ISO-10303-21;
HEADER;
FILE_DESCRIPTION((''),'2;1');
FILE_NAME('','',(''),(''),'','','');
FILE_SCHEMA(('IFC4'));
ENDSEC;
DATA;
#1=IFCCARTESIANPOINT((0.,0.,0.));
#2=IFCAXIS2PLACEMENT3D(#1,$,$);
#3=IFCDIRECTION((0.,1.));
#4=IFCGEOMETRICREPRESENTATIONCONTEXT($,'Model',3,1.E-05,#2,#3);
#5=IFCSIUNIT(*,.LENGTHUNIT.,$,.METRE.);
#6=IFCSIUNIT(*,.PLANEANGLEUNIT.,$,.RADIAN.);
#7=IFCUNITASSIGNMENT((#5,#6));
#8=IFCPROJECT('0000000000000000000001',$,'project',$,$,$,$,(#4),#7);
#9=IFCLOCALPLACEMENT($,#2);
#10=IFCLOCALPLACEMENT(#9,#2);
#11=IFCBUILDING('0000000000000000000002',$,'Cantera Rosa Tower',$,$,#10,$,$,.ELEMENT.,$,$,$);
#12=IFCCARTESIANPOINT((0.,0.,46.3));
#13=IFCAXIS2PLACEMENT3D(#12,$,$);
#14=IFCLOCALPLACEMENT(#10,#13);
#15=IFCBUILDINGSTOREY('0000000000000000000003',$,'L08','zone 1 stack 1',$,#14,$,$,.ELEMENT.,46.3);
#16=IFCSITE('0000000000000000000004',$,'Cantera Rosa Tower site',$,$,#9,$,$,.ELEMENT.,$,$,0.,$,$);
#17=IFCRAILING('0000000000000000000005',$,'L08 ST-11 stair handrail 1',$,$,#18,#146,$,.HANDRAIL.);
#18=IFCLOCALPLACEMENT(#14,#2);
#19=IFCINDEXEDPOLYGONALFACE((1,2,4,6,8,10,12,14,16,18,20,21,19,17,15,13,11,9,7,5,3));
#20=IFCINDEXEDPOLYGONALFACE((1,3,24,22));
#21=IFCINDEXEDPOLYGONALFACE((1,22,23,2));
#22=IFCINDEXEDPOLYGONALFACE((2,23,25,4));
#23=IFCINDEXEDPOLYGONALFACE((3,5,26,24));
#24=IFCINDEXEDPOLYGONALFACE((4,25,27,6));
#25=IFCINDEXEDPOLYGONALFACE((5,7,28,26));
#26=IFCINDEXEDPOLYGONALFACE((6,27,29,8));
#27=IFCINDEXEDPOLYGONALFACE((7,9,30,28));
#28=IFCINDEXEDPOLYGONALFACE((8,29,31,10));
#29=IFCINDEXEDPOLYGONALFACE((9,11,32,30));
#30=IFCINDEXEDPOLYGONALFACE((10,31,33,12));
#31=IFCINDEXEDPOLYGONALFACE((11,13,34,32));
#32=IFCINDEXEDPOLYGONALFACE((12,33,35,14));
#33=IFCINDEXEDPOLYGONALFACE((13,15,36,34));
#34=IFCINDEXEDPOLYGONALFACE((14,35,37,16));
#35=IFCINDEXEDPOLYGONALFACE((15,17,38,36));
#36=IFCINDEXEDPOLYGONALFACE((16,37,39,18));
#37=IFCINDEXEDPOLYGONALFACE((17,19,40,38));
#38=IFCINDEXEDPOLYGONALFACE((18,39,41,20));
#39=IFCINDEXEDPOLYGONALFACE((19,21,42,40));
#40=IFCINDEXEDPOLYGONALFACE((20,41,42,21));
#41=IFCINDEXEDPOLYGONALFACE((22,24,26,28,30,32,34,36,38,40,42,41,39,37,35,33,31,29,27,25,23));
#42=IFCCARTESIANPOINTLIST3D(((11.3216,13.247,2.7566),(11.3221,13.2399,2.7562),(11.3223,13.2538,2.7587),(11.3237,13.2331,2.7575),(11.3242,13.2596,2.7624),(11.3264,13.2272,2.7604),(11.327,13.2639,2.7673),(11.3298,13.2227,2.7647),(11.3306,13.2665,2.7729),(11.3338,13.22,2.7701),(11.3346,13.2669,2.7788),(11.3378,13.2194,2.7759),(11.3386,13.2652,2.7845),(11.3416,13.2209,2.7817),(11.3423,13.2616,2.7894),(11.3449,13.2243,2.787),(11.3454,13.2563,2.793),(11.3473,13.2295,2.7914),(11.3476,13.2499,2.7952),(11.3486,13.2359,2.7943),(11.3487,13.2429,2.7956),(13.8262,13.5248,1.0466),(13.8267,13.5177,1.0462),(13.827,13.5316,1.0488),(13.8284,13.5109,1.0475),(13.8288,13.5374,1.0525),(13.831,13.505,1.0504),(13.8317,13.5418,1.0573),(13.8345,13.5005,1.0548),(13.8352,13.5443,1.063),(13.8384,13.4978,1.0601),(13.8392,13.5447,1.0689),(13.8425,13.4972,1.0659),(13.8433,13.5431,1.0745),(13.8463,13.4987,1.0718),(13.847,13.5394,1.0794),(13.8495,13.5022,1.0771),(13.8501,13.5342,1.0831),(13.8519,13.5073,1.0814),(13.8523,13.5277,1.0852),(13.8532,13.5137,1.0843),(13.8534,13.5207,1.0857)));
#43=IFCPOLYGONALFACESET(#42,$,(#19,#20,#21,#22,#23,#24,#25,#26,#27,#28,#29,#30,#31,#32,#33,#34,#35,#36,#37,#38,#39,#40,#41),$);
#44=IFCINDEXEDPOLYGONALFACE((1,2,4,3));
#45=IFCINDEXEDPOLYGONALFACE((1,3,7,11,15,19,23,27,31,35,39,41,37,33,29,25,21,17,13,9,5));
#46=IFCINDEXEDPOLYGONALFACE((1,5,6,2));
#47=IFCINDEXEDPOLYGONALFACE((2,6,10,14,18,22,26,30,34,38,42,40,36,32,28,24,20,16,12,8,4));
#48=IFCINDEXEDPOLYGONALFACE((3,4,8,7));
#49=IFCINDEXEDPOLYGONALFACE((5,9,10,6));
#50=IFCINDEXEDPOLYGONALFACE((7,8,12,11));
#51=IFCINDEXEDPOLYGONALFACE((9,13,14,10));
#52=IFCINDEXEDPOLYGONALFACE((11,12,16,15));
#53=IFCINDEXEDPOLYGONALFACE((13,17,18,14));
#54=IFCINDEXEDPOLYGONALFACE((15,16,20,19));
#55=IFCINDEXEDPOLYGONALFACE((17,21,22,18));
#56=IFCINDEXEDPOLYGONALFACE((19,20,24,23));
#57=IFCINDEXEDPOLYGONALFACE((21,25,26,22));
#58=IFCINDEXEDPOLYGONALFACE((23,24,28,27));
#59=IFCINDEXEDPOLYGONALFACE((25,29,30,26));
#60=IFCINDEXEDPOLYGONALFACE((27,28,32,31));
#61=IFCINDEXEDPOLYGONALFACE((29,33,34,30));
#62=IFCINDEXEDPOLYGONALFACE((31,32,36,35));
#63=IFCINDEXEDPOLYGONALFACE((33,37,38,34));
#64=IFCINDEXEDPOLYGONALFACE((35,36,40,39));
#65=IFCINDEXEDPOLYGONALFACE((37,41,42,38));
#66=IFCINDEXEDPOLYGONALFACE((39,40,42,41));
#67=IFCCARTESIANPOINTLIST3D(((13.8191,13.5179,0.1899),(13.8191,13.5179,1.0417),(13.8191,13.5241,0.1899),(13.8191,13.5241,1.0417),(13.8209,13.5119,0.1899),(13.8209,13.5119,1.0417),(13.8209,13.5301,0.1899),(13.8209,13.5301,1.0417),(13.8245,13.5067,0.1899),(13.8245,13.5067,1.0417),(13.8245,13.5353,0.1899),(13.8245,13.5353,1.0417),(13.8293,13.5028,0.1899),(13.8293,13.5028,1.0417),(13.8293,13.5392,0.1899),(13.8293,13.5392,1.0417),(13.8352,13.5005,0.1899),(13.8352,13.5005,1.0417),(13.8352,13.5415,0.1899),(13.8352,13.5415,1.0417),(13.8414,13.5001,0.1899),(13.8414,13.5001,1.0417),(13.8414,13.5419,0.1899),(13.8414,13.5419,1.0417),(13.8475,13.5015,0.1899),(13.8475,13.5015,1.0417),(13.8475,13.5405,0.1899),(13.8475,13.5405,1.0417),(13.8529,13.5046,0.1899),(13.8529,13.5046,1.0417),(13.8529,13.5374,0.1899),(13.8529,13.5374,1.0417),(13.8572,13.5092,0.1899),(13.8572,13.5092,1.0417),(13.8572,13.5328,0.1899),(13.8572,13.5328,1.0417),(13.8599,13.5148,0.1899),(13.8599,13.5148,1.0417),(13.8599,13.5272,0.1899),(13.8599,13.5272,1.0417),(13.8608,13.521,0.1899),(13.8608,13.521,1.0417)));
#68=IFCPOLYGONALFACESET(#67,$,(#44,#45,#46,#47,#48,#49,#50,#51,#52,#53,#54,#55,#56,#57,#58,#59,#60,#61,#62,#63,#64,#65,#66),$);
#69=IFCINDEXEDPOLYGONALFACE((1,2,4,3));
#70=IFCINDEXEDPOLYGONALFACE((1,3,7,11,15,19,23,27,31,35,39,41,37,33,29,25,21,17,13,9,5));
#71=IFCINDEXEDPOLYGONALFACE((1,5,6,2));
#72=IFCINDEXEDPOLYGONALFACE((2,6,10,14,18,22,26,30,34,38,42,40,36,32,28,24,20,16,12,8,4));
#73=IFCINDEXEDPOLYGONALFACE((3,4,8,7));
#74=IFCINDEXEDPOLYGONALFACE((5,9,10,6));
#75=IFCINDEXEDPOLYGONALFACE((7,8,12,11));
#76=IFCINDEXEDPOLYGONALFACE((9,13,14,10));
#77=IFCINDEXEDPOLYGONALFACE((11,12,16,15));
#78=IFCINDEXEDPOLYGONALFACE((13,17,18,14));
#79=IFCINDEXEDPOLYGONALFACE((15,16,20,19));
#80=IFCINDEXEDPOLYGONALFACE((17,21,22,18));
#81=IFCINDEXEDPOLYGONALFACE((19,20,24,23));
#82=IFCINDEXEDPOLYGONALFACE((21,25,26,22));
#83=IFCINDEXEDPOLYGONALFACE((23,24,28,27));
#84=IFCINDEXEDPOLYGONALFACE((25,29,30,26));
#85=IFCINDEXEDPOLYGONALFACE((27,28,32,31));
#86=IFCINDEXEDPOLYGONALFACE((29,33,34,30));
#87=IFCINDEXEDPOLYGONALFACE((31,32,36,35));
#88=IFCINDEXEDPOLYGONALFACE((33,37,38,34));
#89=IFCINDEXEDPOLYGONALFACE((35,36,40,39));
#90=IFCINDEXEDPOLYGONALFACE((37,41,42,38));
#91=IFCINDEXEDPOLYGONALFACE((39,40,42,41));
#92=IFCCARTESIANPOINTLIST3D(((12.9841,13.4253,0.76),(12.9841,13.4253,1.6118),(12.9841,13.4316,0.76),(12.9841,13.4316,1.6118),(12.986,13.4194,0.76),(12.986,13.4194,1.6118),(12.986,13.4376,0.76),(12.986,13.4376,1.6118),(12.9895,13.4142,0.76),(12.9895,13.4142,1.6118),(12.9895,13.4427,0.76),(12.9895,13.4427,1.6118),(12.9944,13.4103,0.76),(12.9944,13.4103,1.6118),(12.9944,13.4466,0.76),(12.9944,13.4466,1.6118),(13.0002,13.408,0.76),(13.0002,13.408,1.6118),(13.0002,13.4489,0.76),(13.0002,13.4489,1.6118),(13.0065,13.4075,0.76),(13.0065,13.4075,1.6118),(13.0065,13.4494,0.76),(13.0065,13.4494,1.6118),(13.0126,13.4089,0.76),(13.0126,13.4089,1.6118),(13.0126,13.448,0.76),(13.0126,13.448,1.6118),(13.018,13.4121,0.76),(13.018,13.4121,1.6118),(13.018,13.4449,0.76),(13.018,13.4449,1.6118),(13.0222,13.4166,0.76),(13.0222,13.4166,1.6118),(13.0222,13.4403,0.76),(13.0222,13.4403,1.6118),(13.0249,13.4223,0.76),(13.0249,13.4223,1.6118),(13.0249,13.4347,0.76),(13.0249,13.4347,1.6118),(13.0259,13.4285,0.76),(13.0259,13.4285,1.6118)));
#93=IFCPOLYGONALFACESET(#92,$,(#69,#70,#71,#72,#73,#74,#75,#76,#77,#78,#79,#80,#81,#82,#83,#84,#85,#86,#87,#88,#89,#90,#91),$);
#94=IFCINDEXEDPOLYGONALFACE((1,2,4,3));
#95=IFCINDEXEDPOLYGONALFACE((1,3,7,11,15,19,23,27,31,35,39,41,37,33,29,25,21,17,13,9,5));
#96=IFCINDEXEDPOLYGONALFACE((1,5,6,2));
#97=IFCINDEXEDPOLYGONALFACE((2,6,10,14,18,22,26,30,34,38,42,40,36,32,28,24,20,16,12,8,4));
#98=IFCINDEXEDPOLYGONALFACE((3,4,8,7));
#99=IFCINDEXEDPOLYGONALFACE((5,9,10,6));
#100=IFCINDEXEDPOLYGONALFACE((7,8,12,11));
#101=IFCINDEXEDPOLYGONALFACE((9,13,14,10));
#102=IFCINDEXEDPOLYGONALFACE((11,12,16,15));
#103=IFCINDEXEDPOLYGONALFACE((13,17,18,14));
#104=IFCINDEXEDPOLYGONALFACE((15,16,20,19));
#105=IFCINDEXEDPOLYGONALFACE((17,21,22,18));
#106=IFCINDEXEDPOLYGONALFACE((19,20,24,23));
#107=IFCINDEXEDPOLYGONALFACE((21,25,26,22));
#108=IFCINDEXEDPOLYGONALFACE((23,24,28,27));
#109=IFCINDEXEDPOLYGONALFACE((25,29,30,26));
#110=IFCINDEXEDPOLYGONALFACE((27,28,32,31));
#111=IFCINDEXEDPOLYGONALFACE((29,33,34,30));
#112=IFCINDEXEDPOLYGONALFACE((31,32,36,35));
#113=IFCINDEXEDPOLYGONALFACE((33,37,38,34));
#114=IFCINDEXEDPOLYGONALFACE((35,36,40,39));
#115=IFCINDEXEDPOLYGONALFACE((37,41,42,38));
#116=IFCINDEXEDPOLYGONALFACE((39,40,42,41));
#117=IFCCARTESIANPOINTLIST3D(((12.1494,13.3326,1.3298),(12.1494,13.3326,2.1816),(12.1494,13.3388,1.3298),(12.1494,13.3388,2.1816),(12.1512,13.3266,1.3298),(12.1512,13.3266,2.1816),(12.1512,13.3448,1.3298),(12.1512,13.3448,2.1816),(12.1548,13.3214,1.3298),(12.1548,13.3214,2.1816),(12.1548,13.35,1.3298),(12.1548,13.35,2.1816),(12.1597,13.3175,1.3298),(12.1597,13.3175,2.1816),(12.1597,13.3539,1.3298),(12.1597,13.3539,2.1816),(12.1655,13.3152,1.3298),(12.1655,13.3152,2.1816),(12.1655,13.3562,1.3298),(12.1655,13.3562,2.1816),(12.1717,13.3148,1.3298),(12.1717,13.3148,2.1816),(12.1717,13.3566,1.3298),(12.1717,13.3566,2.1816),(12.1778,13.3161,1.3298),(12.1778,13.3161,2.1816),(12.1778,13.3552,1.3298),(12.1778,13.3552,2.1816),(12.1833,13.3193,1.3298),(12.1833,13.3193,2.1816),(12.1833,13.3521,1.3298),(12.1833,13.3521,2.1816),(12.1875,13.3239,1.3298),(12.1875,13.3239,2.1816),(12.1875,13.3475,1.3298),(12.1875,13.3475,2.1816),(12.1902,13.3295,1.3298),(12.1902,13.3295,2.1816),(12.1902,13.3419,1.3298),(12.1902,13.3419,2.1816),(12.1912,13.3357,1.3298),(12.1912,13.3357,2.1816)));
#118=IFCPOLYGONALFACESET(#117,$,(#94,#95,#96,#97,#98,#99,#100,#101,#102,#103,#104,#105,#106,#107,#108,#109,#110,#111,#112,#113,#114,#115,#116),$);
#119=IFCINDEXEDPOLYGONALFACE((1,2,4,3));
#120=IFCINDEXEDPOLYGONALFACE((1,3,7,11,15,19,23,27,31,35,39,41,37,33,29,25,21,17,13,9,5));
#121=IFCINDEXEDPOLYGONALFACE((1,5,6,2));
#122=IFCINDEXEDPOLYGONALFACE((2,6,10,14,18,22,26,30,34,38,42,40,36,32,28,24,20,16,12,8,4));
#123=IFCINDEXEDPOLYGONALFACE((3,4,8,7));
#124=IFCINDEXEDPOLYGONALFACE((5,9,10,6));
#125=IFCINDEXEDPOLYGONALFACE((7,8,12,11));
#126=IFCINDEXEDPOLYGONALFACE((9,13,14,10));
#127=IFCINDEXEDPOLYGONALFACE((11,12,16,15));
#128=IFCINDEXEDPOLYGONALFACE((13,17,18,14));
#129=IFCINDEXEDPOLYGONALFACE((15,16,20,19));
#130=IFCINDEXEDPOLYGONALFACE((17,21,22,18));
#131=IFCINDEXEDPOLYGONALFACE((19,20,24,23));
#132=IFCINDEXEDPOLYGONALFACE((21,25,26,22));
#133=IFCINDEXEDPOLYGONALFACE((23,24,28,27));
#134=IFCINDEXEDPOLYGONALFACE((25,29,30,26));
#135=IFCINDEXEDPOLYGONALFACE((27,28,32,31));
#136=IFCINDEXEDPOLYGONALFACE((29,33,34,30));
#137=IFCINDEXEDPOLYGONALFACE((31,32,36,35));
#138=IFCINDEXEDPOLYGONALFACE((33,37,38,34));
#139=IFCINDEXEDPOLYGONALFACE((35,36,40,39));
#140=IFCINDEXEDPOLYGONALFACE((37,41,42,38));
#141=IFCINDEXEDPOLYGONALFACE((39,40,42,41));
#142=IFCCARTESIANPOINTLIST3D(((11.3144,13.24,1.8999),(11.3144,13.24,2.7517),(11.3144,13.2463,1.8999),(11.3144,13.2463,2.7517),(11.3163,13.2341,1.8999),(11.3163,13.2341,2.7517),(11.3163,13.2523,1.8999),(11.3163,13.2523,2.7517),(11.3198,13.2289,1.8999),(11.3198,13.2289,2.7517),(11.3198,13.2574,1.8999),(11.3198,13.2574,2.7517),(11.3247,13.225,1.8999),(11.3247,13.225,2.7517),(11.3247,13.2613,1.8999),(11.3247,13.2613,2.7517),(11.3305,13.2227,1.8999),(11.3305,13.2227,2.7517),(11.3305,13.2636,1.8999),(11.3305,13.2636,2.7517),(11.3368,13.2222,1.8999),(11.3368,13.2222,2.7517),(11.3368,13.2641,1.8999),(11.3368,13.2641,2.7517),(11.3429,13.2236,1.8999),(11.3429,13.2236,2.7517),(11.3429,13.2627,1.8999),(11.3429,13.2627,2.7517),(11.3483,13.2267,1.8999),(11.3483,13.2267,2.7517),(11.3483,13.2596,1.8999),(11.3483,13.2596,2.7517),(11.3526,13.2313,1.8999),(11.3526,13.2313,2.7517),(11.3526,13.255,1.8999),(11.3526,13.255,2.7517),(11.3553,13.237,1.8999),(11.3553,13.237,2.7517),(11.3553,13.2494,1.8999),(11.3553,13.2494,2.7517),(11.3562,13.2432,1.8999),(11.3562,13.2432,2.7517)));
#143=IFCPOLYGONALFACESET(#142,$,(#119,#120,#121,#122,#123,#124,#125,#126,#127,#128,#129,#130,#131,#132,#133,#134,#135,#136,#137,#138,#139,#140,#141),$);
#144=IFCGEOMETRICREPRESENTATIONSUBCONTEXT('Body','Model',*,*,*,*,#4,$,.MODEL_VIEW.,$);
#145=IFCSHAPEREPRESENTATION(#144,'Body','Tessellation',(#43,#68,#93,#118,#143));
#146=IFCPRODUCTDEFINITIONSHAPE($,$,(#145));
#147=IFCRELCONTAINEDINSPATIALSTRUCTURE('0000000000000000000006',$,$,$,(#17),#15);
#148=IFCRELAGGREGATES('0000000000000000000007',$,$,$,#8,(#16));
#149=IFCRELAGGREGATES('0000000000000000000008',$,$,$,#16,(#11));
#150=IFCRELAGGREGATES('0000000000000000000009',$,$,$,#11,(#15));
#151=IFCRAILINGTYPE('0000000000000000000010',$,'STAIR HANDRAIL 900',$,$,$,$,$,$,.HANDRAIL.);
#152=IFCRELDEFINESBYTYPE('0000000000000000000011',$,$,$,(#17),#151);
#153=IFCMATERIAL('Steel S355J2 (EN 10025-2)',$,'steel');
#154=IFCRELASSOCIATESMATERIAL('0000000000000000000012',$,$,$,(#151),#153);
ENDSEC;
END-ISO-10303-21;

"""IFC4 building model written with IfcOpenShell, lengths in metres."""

from ifc_helpers import new_model, si_unit, direction, frame, origin, origin_2d, place, context, subcontext, project, spatial, circle, extrude, material, type_object, element, save


model = new_model("IFC4")

# Units and contexts
model_context = context("Model", 3, precision=1e-05, world=origin(), true_north=direction((0.0, 1.0)))
body_context = subcontext(model_context, "Body", "Model", "MODEL_VIEW")
ifc_project = project(units=[si_unit("LENGTHUNIT", "METRE"), si_unit("PLANEANGLEUNIT", "RADIAN")], contexts=[model_context])

# Site, building, storey
site_placement = place(None, origin())
site = spatial("IfcSite", under=ifc_project, at=site_placement, Name="Cantera Rosa Tower site", CompositionType="ELEMENT", RefElevation=0.0)
building_placement = place(site_placement, origin())
building = spatial("IfcBuilding", under=site, at=building_placement, Name="Cantera Rosa Tower", CompositionType="ELEMENT")
storey_placement = place(building_placement, frame((0.0, 0.0, 46.3)))
storey = spatial("IfcBuildingStorey", under=building, at=storey_placement, Name="L08", Description="zone 1 stack 1", CompositionType="ELEMENT", Elevation=46.3)

# Railing
ifc_material_1 = material(Name="Steel S355J2 (EN 10025-2)", Category="steel")
railing_type_1 = type_object("IfcRailingType", Name="STAIR HANDRAIL 900", PredefinedType="HANDRAIL", material=ifc_material_1)
railing_1_placement = place(storey_placement, frame((13.8398, 13.521, 0.1899)))
element("IfcRailing", 1, at=railing_1_placement, inside=storey, type_object=railing_type_1, Name="L08 ST-11 stair handrail 1", PredefinedType="HANDRAIL", context=body_context, shape_type="SweptSolid", body=[
    extrude(circle(Radius=0.0239, at=origin_2d()), frame((0.0, 0.0, 0.876), z_axis=(-0.822437, -0.091231, 0.561492), x_axis=(0.110251, -0.993904, 0.0)), (0.0, 0.0, 1.0), 3.0454),
    extrude(circle(Radius=0.021, at=origin_2d()), origin(), (0.0, 0.0, 1.0), 0.8518),
    extrude(circle(Radius=0.021, at=origin_2d()), frame((-0.835, -0.0925, 0.5701)), (0.0, 0.0, 1.0), 0.8518),
    extrude(circle(Radius=0.021, at=origin_2d()), frame((-1.6697, -0.1853, 1.1399)), (0.0, 0.0, 1.0), 0.8518),
    extrude(circle(Radius=0.021, at=origin_2d()), frame((-2.5046, -0.2778, 1.71)), (0.0, 0.0, 1.0), 0.8518),
])

save(model, "model.ifc")
